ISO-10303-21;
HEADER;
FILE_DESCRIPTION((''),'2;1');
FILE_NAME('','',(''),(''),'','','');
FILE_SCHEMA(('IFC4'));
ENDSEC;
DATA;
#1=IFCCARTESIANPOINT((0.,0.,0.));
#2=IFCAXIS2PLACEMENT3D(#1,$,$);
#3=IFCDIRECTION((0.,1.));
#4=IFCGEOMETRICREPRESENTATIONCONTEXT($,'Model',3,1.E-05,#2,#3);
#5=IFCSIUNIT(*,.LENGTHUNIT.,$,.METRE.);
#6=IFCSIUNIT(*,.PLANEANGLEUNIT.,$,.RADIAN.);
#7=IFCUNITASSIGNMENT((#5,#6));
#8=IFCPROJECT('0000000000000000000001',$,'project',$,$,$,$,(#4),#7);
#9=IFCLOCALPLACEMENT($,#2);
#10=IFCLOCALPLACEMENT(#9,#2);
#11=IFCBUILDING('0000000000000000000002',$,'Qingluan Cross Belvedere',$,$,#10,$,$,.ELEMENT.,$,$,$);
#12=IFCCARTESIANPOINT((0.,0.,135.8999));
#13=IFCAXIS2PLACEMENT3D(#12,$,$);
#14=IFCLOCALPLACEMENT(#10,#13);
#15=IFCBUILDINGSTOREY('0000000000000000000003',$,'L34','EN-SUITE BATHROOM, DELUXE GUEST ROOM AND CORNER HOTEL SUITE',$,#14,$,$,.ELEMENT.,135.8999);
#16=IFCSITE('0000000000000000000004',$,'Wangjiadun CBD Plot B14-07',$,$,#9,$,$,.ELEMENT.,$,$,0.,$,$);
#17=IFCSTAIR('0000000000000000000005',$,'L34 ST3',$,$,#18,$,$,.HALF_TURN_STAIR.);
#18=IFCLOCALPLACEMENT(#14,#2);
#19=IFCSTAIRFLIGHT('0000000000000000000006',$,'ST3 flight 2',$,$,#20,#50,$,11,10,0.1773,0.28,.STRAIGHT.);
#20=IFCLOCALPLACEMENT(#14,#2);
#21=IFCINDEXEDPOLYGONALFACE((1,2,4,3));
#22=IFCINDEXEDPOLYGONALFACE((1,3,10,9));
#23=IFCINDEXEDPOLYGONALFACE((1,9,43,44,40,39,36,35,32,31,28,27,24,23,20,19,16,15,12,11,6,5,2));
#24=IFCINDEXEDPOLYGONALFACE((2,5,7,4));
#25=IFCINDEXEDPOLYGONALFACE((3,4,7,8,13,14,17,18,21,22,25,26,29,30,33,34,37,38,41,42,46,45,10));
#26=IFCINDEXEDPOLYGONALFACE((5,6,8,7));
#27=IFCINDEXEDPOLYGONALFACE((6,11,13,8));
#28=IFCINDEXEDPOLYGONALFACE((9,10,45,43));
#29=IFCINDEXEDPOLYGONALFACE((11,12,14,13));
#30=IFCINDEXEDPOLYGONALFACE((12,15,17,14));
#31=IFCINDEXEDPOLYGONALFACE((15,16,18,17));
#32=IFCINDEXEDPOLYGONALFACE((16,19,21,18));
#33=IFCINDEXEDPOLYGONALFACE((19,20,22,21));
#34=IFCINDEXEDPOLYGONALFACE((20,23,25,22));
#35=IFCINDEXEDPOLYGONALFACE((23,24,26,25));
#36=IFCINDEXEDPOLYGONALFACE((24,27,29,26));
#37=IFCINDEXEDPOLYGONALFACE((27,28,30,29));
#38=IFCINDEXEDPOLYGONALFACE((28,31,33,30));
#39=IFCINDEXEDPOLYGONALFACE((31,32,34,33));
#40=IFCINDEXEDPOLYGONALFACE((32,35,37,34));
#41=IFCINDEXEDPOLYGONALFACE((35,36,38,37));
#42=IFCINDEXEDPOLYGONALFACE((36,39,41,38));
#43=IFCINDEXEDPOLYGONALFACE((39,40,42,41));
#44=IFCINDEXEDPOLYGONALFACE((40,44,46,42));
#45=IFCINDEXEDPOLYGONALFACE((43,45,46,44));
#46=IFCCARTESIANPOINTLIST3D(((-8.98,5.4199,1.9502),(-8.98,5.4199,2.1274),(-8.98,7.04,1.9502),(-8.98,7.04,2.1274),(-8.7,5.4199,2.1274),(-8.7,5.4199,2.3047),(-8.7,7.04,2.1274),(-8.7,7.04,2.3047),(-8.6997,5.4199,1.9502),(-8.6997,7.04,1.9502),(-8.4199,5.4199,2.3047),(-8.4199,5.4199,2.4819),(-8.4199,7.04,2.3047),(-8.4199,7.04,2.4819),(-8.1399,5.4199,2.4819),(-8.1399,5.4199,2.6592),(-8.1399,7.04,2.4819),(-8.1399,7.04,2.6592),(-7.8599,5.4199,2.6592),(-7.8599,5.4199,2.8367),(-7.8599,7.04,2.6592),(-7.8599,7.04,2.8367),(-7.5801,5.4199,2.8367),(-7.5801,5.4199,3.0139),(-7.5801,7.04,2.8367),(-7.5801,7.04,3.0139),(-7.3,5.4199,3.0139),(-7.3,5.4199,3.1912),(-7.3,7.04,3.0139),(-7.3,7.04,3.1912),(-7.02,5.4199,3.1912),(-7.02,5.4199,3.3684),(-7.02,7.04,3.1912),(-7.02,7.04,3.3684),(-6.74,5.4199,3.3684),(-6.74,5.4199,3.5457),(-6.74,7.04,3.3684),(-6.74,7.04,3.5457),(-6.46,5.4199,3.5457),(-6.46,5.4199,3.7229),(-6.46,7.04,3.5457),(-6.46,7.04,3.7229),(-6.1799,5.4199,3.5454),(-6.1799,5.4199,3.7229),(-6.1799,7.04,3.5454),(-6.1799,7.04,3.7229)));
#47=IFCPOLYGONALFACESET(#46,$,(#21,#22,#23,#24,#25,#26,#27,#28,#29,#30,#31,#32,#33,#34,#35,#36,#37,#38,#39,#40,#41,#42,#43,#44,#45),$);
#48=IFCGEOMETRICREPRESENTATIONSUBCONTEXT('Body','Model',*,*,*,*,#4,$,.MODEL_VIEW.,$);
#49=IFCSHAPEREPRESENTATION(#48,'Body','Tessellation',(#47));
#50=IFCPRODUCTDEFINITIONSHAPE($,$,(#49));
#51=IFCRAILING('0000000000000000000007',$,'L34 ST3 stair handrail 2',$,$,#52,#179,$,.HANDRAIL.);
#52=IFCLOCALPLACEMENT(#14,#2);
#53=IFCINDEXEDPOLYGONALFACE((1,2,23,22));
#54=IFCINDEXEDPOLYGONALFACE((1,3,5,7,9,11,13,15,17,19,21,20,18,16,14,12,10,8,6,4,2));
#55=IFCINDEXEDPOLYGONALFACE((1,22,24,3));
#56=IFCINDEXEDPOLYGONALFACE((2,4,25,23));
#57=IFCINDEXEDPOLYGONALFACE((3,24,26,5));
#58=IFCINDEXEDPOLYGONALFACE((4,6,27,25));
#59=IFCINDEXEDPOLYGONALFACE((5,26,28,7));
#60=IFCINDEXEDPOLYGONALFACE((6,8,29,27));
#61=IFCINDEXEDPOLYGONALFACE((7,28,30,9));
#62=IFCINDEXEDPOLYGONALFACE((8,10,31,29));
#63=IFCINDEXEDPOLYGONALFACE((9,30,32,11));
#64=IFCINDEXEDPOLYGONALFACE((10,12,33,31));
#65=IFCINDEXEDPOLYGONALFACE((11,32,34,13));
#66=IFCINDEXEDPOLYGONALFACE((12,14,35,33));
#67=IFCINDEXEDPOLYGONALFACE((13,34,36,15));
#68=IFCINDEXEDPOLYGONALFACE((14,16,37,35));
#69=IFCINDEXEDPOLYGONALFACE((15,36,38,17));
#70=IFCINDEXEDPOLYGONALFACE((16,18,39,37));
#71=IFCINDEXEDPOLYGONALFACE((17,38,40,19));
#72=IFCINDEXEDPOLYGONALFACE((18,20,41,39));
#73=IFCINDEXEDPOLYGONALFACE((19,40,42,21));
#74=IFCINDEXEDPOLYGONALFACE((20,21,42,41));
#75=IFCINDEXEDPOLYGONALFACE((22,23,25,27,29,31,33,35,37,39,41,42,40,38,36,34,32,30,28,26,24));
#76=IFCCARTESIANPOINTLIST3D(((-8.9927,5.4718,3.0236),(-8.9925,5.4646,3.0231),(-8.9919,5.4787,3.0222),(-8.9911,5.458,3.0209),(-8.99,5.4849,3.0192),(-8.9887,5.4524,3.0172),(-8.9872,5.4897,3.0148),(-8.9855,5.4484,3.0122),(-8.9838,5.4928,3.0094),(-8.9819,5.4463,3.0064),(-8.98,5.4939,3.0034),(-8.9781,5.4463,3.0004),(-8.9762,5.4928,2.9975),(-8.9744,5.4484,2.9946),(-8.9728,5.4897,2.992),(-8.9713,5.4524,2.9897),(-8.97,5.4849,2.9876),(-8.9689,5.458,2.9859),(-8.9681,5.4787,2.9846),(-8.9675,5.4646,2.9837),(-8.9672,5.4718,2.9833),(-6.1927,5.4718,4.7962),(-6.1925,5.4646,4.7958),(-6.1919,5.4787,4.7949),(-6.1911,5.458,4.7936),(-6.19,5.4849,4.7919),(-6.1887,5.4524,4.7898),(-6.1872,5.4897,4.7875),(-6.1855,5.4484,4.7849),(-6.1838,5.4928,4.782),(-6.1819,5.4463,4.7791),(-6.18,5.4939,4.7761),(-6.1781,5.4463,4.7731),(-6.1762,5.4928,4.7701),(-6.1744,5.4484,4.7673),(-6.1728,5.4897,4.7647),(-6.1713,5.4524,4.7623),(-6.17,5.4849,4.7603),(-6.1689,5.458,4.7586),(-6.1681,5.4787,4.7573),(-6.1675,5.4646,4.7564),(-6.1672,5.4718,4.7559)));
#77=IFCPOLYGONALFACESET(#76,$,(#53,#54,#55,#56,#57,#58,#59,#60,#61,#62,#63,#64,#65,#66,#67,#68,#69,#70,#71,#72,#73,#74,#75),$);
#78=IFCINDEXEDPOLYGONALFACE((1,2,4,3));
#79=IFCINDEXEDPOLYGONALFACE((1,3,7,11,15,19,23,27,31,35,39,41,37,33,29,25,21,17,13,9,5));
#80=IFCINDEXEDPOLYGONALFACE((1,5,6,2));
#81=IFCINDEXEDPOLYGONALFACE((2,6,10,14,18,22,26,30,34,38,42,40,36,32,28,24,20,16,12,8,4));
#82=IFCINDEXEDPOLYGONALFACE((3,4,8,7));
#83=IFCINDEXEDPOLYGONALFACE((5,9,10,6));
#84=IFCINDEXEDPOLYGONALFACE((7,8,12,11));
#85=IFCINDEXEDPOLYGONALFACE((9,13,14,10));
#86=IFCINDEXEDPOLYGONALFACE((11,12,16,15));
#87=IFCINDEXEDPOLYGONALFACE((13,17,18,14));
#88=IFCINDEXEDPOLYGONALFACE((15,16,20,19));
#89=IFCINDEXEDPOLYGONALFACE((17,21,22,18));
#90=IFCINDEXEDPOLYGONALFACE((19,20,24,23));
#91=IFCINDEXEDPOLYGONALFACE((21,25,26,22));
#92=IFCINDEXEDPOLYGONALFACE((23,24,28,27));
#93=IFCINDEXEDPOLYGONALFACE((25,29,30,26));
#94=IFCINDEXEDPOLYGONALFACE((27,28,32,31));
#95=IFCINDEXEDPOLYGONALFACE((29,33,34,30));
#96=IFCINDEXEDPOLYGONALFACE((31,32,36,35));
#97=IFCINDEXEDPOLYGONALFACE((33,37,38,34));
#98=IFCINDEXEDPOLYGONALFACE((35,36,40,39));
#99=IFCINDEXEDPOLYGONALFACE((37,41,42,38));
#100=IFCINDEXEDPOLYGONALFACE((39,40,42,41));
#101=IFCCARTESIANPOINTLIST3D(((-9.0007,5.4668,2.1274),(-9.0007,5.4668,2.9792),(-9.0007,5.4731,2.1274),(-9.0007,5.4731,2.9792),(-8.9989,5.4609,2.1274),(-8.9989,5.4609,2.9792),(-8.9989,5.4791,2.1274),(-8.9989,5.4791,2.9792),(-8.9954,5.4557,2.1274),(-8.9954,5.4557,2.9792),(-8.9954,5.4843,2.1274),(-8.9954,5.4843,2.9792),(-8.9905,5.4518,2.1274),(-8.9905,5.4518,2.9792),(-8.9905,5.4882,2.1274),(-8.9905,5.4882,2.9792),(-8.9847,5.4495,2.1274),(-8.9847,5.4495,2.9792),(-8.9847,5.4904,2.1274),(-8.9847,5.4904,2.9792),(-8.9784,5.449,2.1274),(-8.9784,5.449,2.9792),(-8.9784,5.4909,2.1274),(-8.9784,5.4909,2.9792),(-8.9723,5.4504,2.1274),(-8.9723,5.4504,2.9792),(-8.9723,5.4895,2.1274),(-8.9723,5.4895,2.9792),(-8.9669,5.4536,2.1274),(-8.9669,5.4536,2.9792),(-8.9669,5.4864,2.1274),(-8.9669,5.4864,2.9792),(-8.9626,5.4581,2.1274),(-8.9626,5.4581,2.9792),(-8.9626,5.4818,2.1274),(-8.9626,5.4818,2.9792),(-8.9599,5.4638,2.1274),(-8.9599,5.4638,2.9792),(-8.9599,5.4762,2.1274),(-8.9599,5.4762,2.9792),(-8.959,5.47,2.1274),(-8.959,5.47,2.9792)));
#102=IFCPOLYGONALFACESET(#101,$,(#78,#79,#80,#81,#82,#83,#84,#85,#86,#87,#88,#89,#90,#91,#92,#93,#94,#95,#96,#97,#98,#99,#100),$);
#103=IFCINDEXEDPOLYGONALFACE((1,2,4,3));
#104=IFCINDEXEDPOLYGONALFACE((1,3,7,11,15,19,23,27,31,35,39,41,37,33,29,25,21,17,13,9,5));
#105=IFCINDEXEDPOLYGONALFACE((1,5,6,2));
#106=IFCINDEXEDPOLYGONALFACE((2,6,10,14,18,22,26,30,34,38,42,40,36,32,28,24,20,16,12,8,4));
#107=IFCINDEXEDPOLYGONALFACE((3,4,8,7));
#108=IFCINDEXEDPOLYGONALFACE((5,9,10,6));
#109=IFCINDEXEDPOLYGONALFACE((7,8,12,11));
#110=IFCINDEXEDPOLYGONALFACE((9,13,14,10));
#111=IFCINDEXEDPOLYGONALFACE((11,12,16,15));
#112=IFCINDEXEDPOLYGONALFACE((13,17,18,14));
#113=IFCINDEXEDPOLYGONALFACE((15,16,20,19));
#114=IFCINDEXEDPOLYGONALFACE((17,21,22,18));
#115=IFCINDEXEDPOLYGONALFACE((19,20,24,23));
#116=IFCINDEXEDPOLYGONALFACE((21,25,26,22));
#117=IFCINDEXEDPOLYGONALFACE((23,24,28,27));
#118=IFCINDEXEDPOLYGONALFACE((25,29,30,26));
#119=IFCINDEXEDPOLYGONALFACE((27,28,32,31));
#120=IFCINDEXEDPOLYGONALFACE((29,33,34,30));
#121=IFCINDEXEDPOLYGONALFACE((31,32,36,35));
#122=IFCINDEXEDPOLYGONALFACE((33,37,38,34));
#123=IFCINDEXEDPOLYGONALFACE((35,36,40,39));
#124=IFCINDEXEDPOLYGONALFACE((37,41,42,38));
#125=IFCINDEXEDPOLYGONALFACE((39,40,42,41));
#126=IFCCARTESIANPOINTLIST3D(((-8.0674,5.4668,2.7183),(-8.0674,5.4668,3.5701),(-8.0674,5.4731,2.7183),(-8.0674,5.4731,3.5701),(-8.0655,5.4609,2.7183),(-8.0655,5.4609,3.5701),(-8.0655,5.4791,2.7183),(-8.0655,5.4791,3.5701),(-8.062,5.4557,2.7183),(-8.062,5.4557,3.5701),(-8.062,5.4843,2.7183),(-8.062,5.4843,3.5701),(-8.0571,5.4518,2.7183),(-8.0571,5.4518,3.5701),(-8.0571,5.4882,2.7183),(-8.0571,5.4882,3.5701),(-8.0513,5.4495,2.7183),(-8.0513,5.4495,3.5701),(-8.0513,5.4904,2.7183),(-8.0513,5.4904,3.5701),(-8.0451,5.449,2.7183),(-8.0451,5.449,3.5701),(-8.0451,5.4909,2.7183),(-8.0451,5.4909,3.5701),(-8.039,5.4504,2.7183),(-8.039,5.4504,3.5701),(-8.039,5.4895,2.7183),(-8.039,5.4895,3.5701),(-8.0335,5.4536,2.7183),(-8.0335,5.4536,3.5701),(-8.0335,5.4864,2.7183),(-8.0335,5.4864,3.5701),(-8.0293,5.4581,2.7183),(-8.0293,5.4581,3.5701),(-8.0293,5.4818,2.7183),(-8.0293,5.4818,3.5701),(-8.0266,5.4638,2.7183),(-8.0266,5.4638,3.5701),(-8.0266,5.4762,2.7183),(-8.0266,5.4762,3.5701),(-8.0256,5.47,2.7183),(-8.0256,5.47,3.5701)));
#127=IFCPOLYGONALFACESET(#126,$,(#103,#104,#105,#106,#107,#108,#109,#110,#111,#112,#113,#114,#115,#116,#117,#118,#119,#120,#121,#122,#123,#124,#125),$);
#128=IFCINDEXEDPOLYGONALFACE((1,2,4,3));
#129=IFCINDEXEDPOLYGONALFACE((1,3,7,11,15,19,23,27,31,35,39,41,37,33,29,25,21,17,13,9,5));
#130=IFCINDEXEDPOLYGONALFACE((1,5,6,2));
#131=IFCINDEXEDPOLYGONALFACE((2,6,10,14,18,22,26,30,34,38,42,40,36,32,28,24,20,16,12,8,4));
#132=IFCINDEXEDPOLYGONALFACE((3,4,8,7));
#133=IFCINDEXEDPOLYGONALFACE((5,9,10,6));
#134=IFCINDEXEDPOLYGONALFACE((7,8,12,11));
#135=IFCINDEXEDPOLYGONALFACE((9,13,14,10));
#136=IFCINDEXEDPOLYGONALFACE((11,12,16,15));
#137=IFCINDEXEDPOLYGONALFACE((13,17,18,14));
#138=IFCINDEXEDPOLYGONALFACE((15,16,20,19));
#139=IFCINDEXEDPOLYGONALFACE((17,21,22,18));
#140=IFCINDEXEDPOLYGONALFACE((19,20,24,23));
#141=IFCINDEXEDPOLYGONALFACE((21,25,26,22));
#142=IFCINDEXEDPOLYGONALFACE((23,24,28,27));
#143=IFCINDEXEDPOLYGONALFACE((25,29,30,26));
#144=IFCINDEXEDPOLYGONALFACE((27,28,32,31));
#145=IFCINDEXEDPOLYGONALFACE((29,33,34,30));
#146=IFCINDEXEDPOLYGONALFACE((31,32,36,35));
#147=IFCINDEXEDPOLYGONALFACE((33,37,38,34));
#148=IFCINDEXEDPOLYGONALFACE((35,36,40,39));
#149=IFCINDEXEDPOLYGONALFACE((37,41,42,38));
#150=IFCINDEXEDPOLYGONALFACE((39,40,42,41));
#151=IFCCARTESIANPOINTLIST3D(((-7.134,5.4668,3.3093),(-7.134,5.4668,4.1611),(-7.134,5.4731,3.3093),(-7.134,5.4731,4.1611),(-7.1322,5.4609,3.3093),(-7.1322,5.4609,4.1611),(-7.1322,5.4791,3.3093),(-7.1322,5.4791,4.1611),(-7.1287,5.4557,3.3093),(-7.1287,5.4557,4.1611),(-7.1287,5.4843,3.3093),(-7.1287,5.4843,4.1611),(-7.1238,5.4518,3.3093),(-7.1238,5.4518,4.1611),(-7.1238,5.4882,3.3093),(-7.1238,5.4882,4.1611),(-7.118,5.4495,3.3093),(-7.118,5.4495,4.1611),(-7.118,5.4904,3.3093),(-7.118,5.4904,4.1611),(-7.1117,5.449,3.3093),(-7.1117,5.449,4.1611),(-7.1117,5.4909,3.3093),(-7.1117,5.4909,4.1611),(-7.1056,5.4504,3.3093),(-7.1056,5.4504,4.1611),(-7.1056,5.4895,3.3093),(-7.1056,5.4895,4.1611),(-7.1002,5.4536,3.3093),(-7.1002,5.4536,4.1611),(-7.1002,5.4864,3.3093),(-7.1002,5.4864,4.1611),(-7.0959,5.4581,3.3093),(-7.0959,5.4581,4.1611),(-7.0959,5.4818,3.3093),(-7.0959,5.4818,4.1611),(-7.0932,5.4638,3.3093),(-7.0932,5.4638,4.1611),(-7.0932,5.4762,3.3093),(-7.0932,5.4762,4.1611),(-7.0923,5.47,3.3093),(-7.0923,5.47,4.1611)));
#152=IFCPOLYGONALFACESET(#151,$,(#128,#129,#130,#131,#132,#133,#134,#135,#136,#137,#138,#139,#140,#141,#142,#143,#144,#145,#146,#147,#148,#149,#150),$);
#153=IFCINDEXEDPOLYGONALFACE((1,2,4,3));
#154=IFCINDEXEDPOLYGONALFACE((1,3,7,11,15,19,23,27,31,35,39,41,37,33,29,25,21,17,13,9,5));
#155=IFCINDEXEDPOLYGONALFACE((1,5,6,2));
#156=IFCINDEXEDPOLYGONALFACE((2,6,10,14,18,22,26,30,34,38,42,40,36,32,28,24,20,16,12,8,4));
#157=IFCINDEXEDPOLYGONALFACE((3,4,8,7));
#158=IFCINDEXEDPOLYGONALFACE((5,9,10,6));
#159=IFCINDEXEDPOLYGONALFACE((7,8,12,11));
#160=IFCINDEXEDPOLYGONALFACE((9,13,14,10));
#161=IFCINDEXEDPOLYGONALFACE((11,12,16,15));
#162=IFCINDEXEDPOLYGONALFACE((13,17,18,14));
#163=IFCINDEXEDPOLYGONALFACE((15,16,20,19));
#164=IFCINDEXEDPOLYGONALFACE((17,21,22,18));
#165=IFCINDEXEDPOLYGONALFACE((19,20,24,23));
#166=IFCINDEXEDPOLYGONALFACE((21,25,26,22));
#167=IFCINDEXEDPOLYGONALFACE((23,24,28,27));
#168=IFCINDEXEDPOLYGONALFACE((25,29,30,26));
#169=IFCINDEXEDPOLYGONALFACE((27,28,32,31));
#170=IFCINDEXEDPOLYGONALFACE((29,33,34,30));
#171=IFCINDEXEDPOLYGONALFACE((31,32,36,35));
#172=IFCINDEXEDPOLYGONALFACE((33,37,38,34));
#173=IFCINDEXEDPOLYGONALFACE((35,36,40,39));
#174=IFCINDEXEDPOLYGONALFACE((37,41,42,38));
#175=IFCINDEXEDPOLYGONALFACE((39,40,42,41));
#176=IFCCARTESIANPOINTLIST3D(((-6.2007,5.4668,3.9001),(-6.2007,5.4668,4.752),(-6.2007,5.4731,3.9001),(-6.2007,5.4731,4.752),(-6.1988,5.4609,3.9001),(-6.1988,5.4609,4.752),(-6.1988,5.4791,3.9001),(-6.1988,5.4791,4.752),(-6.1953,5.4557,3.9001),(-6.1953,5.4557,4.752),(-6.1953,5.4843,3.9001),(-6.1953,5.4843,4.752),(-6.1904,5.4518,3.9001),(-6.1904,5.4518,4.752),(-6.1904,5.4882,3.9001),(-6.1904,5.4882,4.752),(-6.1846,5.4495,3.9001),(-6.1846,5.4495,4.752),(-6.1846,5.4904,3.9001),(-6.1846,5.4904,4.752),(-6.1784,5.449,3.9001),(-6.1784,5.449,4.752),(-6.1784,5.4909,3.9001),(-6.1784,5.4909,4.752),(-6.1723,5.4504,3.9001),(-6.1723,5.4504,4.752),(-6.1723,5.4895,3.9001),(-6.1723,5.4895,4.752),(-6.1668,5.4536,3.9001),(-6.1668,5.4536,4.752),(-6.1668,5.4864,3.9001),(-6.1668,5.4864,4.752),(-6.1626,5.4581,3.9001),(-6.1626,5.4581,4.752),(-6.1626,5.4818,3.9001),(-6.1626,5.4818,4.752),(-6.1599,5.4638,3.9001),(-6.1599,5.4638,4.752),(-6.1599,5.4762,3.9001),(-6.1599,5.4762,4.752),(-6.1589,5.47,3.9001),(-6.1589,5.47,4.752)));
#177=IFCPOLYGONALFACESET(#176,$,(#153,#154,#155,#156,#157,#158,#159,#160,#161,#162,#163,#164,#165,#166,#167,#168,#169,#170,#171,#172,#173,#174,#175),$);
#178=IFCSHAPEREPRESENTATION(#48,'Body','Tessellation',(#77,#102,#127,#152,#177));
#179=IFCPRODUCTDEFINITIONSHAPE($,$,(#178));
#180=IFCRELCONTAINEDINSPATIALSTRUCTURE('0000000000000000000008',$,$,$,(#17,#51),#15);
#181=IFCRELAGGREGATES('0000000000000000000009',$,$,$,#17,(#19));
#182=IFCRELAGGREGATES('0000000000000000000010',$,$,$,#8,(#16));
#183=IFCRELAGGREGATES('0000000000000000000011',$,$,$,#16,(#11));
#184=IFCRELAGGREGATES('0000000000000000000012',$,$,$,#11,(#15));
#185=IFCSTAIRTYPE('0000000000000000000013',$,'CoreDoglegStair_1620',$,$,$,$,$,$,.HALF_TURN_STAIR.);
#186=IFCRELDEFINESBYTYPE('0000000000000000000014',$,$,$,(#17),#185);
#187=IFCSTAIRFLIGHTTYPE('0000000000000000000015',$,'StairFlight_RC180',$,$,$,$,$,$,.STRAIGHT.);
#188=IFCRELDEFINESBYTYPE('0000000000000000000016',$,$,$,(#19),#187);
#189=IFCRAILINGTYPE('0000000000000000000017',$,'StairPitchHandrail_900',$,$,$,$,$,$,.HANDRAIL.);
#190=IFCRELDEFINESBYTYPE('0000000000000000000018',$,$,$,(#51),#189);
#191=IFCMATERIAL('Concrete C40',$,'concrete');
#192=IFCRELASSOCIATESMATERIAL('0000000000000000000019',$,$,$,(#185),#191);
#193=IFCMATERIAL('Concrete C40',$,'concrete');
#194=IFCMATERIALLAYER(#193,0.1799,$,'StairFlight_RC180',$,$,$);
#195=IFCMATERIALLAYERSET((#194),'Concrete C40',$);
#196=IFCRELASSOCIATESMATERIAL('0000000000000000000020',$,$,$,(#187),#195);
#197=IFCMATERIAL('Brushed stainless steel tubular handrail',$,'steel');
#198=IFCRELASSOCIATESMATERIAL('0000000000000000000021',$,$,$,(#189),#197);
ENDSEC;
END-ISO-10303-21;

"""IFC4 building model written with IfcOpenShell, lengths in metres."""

from ifc_helpers import new_model, si_unit, direction, frame, origin, origin_2d, place, context, subcontext, project, spatial, polyline, circle, outline, extrude, material, layer, layer_set, type_object, element, aggregate, save


model = new_model("IFC4")

# Units and contexts
model_context = context("Model", 3, precision=1e-05, world=origin(), true_north=direction((0.0, 1.0)))
body_context = subcontext(model_context, "Body", "Model", "MODEL_VIEW")
ifc_project = project(units=[si_unit("LENGTHUNIT", "METRE"), si_unit("PLANEANGLEUNIT", "RADIAN")], contexts=[model_context])

# Site, building, storey
site_placement = place(None, origin())
site = spatial("IfcSite", under=ifc_project, at=site_placement, Name="Wangjiadun CBD Plot B14-07", CompositionType="ELEMENT", RefElevation=0.0)
building_placement = place(site_placement, origin())
building = spatial("IfcBuilding", under=site, at=building_placement, Name="Qingluan Cross Belvedere", CompositionType="ELEMENT")
storey_placement = place(building_placement, frame((0.0, 0.0, 135.8999)))
storey = spatial("IfcBuildingStorey", under=building, at=storey_placement, Name="L34", Description="EN-SUITE BATHROOM, DELUXE GUEST ROOM AND CORNER HOTEL SUITE", CompositionType="ELEMENT", Elevation=135.8999)

# Stair, stair flight
ifc_material_1 = material(Name="Concrete C40", Category="concrete")
stair_type = type_object("IfcStairType", Name="CoreDoglegStair_1620", PredefinedType="HALF_TURN_STAIR", material=ifc_material_1)
stair_placement = place(storey_placement, origin())
stair = element("IfcStair", 1, at=stair_placement, inside=storey, type_object=stair_type, Name="L34 ST3", PredefinedType="HALF_TURN_STAIR")
ifc_material_2 = material(Name="Concrete C40", Category="concrete")
ifc_layer_1 = layer(ifc_material_2, 0.1799, Name="StairFlight_RC180")
ifc_layer_set_1 = layer_set([ifc_layer_1], Name="Concrete C40")
stair_flight_type = type_object("IfcStairFlightType", Name="StairFlight_RC180", PredefinedType="STRAIGHT", material=ifc_layer_set_1)
stair_flight_1_placement = place(storey_placement, frame((-8.98, 6.23, 1.9502), z_axis=(0.0, 0.0, 1.0), x_axis=(1.0, 0.0, 0.0)))
stair_flight_1 = element("IfcStairFlight", 2, at=stair_flight_1_placement, type_object=stair_flight_type, Name="ST3 flight 2", NumberOfRisers=11, NumberOfTreads=10, PredefinedType="STRAIGHT", RiserHeight=0.1773, TreadLength=0.28, context=body_context, shape_type="SweptSolid", body=[
    extrude(outline(polyline([(0.0, 0.0), (0.0, 0.1772), (0.28, 0.1772), (0.28, 0.3545), (0.5601, 0.3545), (0.5601, 0.5317), (0.8401, 0.5317), (0.8401, 0.709), (1.1201, 0.709), (1.1201, 0.8865), (1.3999, 0.8865), (1.3999, 1.0637), (1.6799, 1.0637), (1.6799, 1.241), (1.96, 1.241), (1.96, 1.4182), (2.24, 1.4182), (2.24, 1.5955), (2.52, 1.5955), (2.52, 1.7727), (2.8, 1.7727), (2.8, 1.95), (2.8, 1.5952), (0.2803, 0.0), (0.0, 0.0)])), frame((0.0, 0.8101, 0.0), z_axis=(0.0, -1.0, 0.0), x_axis=(1.0, 0.0, 0.0)), (0.0, 0.0, 1.0), 1.6201),
])
aggregate(stair, [stair_flight_1])

# Railing
ifc_material_3 = material(Name="Brushed stainless steel tubular handrail", Category="steel")
railing_type_1 = type_object("IfcRailingType", Name="StairPitchHandrail_900", PredefinedType="HANDRAIL", material=ifc_material_3)
railing_1_placement = place(storey_placement, frame((-8.98, 5.47, 2.1274)))
element("IfcRailing", 3, at=railing_1_placement, inside=storey, type_object=railing_type_1, Name="L34 ST3 stair handrail 2", PredefinedType="HANDRAIL", context=body_context, shape_type="SweptSolid", body=[
    extrude(circle(Radius=0.0239, at=origin_2d()), frame((0.0, 0.0, 0.876), z_axis=(0.844909, 0.0, 0.53491), x_axis=(0.0, 1.0, 0.0)), (0.0, 0.0, 1.0), 3.314),
    extrude(circle(Radius=0.021, at=origin_2d()), origin(), (0.0, 0.0, 1.0), 0.8518),
    extrude(circle(Radius=0.021, at=origin_2d()), frame((0.9333, 0.0, 0.5908)), (0.0, 0.0, 1.0), 0.8518),
    extrude(circle(Radius=0.021, at=origin_2d()), frame((1.8667, 0.0, 1.1819)), (0.0, 0.0, 1.0), 0.8518),
    extrude(circle(Radius=0.021, at=origin_2d()), frame((2.8, 0.0, 1.7727)), (0.0, 0.0, 1.0), 0.8518),
])

save(model, "model.ifc")
